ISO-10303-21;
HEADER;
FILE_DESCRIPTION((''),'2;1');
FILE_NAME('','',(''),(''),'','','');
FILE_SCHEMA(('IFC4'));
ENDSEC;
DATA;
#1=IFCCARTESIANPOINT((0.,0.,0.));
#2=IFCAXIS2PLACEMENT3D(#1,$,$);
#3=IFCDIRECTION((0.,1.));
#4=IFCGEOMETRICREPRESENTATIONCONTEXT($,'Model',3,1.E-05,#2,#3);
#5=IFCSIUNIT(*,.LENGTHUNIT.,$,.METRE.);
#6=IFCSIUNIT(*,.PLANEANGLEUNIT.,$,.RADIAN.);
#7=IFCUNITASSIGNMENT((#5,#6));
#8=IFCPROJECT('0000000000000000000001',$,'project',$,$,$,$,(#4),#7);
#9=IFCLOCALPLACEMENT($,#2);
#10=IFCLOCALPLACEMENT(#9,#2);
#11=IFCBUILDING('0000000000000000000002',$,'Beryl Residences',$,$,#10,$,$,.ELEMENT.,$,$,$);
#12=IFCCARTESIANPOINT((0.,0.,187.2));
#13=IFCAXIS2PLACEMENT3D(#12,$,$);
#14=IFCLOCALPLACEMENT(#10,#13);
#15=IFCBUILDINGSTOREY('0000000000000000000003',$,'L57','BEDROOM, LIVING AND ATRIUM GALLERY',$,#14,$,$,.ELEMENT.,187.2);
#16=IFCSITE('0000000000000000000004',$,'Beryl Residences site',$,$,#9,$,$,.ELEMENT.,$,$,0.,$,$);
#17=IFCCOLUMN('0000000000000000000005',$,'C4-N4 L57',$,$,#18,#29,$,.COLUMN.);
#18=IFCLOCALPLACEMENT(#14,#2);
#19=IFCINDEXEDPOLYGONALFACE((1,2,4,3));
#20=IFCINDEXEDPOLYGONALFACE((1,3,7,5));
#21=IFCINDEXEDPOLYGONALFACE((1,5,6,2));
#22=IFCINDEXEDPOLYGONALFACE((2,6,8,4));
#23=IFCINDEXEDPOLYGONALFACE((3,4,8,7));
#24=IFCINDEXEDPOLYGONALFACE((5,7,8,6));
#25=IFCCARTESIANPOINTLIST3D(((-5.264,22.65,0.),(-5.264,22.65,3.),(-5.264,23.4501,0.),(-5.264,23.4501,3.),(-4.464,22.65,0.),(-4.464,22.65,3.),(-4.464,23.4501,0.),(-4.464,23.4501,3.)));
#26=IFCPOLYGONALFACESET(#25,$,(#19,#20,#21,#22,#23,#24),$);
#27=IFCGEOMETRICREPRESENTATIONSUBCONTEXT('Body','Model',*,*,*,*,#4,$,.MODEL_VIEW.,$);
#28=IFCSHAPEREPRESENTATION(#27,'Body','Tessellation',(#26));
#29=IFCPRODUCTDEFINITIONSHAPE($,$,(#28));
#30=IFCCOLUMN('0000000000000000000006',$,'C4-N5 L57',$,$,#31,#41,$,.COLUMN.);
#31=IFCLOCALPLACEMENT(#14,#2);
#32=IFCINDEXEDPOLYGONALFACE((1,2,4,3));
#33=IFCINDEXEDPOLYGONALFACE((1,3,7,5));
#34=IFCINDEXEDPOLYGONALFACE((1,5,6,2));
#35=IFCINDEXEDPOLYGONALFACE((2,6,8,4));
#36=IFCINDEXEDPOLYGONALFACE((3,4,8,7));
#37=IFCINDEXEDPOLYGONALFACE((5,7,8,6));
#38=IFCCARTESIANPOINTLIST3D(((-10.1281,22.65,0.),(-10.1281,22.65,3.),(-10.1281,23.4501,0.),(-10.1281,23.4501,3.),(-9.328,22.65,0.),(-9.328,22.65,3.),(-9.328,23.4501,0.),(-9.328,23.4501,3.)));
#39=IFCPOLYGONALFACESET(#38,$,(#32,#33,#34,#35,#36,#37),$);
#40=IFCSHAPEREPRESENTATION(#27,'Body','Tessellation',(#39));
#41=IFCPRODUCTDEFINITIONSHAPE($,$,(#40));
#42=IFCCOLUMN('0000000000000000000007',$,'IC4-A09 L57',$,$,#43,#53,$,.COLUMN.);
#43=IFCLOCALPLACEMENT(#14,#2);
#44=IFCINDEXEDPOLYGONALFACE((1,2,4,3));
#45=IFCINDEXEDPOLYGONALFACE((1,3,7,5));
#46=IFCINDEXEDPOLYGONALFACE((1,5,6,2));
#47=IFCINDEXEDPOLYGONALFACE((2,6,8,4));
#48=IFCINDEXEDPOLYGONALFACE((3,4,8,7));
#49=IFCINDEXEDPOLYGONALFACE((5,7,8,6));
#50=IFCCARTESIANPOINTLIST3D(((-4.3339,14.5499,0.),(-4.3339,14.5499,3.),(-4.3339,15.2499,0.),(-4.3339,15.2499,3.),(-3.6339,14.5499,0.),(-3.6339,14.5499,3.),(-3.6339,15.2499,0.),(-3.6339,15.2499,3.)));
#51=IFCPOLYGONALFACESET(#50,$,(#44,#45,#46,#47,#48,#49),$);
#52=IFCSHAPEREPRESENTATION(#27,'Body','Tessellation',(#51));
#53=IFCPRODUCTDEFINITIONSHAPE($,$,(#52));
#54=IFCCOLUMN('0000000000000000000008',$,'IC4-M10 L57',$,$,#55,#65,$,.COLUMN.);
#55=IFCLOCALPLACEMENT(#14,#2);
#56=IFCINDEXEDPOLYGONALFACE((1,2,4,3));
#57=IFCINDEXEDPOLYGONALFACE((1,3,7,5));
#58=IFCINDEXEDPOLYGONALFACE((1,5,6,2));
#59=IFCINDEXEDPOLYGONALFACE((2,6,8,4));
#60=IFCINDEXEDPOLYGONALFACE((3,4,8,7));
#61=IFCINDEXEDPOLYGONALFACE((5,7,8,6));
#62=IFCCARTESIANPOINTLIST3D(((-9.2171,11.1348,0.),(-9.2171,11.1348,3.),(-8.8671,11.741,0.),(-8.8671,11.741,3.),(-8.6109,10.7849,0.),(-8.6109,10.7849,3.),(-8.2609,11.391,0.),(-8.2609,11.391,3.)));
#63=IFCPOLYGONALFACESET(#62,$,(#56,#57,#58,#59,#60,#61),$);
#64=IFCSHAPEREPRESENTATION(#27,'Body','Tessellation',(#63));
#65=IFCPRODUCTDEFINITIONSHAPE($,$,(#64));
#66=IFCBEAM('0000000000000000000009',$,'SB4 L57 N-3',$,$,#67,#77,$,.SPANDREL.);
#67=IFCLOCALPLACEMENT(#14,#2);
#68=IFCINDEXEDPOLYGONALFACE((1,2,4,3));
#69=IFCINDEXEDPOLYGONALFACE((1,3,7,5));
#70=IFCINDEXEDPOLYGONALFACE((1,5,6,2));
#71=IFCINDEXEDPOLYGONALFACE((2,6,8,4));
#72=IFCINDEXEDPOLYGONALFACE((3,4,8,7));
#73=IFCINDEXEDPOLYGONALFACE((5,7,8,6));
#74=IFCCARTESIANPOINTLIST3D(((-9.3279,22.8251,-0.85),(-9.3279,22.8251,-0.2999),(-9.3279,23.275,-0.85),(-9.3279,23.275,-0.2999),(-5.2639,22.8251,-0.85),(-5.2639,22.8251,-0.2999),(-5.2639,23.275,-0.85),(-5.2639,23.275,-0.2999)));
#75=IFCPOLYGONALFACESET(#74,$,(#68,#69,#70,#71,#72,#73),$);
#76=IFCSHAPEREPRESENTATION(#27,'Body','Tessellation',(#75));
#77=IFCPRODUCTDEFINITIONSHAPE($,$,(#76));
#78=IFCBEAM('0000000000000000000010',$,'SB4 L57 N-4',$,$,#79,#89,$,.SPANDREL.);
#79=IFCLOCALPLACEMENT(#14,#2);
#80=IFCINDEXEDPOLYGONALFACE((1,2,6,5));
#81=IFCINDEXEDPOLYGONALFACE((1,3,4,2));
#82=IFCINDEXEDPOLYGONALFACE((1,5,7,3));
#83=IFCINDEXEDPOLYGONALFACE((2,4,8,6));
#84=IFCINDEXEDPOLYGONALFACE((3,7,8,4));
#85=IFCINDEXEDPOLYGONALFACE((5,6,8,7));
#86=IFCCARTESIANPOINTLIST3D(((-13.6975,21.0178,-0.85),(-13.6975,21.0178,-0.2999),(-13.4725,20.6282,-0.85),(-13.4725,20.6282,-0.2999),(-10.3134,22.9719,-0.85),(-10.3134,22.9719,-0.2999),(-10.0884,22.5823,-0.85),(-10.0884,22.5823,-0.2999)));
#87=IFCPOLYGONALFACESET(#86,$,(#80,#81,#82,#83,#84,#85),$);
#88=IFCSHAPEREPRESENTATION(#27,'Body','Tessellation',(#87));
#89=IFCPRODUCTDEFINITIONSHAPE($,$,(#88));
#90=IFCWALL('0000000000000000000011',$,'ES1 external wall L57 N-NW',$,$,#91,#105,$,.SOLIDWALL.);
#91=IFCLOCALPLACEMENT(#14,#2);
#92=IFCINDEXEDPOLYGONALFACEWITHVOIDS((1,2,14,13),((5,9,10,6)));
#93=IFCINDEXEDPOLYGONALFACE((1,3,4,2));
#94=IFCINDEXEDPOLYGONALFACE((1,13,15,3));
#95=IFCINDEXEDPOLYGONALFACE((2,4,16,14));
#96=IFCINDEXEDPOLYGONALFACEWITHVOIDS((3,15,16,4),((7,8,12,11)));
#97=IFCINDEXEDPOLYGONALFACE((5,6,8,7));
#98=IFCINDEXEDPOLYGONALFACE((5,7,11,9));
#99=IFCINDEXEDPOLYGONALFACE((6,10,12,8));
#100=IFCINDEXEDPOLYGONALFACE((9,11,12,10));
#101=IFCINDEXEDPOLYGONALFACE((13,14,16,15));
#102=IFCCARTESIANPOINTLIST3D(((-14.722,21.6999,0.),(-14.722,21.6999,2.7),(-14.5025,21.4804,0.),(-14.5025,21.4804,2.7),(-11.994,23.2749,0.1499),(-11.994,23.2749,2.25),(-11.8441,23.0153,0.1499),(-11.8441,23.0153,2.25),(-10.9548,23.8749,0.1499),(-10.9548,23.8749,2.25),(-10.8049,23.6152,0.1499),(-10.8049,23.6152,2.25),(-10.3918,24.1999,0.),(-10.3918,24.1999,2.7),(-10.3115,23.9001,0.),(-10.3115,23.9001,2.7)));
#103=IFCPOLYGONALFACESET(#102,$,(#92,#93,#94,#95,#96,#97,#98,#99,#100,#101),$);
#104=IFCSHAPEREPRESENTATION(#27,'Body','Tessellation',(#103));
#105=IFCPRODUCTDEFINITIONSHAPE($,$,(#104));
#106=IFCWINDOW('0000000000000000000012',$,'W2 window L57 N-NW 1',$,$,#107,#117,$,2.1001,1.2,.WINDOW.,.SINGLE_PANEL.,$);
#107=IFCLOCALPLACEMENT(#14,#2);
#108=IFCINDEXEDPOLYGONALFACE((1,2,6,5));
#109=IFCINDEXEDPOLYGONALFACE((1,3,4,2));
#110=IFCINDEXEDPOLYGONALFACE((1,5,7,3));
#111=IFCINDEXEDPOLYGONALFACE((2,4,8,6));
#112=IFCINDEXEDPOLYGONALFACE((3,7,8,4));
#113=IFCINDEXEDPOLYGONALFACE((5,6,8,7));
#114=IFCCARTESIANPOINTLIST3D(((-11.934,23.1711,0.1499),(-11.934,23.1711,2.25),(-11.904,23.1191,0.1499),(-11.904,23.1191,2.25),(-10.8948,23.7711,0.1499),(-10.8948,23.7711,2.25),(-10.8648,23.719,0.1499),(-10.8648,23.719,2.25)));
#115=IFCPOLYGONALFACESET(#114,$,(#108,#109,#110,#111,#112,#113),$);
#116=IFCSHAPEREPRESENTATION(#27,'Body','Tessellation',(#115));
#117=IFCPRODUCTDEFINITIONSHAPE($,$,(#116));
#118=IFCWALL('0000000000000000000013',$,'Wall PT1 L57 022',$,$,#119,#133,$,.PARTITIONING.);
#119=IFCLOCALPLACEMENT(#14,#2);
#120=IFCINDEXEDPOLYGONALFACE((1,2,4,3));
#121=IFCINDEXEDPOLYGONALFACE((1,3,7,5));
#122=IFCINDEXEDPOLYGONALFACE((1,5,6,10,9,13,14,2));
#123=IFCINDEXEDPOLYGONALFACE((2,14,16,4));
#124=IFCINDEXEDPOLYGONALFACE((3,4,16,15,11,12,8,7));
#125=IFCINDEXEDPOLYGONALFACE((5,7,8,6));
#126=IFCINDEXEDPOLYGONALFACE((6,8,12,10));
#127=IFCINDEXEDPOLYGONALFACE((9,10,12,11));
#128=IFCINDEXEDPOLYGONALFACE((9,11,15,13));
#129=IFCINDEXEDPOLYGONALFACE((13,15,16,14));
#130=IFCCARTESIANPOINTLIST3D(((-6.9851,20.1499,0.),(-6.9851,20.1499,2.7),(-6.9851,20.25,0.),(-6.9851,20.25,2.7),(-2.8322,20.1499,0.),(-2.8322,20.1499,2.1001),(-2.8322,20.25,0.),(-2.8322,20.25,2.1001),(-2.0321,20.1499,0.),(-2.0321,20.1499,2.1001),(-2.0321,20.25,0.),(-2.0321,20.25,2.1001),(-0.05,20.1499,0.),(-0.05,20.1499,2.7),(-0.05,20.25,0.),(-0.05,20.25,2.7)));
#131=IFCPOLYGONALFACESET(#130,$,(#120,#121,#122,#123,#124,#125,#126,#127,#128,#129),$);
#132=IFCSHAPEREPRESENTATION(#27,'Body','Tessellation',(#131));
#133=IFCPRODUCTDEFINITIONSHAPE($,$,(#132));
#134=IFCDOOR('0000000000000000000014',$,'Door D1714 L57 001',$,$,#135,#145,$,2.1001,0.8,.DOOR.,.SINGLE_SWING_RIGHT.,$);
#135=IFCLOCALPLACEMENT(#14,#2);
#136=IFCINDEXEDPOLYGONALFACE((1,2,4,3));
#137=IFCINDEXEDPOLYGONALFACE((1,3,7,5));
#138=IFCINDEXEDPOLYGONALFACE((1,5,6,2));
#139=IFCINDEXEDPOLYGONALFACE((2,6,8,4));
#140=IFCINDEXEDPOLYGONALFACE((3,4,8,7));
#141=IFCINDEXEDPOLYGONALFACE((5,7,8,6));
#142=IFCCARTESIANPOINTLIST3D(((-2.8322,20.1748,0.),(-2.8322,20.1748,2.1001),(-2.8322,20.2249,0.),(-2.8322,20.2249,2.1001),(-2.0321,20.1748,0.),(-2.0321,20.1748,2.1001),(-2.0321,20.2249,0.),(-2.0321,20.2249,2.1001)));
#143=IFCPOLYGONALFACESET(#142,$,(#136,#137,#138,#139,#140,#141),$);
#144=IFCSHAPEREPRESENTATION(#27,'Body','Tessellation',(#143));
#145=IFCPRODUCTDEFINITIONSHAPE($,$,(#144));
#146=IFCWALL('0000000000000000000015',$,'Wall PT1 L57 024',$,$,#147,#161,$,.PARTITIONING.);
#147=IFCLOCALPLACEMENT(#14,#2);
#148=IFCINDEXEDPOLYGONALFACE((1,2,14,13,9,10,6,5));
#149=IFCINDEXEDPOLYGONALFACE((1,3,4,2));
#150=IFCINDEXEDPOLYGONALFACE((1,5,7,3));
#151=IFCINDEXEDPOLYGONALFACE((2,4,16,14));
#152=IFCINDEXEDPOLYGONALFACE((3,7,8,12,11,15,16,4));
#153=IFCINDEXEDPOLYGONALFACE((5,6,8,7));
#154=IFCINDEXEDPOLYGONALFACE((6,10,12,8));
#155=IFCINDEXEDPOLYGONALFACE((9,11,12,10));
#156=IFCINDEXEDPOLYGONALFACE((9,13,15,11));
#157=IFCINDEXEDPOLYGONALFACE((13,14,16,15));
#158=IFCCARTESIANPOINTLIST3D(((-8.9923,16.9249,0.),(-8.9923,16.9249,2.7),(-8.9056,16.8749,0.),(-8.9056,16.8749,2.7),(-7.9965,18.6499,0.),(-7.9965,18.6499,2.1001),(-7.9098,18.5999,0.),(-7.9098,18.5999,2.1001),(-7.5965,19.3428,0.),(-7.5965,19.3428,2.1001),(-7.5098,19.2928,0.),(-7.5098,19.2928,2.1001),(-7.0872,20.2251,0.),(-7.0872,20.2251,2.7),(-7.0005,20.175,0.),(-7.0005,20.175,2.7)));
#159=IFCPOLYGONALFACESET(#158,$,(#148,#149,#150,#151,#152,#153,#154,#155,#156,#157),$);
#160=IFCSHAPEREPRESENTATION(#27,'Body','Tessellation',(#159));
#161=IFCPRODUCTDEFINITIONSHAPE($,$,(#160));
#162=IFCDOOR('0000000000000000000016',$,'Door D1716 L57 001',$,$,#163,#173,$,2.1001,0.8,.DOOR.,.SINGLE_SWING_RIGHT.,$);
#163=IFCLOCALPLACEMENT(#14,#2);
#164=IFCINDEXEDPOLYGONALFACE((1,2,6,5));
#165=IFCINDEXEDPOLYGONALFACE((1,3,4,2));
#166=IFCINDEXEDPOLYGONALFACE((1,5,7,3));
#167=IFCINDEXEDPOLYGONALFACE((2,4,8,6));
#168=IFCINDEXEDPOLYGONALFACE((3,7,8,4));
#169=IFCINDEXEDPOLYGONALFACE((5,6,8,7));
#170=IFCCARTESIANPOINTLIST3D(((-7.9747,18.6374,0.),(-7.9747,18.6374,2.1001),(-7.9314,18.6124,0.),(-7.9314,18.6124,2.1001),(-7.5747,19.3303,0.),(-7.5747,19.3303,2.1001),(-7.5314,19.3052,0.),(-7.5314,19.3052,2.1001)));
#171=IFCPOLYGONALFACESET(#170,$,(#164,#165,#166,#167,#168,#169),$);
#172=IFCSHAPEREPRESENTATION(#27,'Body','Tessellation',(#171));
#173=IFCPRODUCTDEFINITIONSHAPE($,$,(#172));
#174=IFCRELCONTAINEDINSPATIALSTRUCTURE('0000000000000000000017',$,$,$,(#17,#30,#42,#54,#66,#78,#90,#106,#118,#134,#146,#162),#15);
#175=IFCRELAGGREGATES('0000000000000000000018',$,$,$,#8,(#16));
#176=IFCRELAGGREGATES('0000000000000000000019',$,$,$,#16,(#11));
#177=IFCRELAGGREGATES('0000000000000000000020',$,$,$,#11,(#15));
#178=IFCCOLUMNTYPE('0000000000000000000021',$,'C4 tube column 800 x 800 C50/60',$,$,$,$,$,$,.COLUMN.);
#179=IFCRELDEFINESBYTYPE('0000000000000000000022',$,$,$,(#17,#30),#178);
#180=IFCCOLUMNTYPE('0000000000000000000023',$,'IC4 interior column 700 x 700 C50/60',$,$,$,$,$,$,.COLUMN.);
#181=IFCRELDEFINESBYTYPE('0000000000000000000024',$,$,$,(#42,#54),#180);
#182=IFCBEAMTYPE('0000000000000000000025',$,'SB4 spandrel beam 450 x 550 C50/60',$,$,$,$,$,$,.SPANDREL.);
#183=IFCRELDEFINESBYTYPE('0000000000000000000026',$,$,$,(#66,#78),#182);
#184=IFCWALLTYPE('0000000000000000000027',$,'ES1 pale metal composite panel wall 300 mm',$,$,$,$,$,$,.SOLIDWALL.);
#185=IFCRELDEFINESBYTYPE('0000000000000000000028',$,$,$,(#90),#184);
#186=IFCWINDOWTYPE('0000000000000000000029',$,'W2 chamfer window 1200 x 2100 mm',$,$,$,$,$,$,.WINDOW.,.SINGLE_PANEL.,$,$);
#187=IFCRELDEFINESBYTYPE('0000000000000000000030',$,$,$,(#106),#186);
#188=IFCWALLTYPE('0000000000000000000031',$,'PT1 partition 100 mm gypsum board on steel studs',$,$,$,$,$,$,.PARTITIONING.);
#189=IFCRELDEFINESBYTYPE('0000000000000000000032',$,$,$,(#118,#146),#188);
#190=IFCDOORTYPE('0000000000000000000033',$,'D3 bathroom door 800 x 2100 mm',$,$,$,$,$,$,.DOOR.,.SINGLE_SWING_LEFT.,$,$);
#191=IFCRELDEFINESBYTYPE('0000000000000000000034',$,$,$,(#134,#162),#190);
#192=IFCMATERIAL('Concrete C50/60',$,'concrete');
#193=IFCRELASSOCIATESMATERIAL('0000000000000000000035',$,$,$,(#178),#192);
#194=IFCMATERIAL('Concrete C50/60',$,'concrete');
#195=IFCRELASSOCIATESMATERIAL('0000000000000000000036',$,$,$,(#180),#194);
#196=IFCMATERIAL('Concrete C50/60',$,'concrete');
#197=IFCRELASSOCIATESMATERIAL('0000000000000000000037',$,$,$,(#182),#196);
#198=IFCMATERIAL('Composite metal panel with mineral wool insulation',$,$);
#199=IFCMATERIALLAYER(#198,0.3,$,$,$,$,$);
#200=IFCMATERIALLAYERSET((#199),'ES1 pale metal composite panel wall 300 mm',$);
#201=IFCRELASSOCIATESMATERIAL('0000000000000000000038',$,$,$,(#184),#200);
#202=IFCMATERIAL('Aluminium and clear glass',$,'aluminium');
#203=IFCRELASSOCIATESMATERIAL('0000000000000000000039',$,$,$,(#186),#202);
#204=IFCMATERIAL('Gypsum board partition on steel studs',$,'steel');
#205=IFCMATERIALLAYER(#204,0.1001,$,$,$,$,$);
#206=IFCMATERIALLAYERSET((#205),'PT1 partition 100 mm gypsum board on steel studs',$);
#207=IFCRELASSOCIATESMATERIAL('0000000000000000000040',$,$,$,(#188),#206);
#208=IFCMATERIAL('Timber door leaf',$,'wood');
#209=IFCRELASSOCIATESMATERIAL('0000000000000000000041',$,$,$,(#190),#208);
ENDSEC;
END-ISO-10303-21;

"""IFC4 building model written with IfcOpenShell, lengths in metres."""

from ifc_helpers import new_model, si_unit, direction, frame, frame_2d, origin, origin_2d, place, context, subcontext, project, spatial, polyline, rectangle, outline, extrude, material, layer, layer_set, material_profile, profile_set, type_object, element, fill, save


model = new_model("IFC4")

# Units and contexts
model_context = context("Model", 3, precision=1e-05, world=origin(), true_north=direction((0.0, 1.0)))
body_context = subcontext(model_context, "Body", "Model", "MODEL_VIEW")
ifc_project = project(units=[si_unit("LENGTHUNIT", "METRE"), si_unit("PLANEANGLEUNIT", "RADIAN")], contexts=[model_context])

# Site, building, storey
site_placement = place(None, origin())
site = spatial("IfcSite", under=ifc_project, at=site_placement, Name="Beryl Residences site", CompositionType="ELEMENT", RefElevation=0.0)
building_placement = place(site_placement, origin())
building = spatial("IfcBuilding", under=site, at=building_placement, Name="Beryl Residences", CompositionType="ELEMENT")
storey_placement = place(building_placement, frame((0.0, 0.0, 187.2)))
storey = spatial("IfcBuildingStorey", under=building, at=storey_placement, Name="L57", Description="BEDROOM, LIVING AND ATRIUM GALLERY", CompositionType="ELEMENT", Elevation=187.2)

# Columns
ifc_material_1 = material(Name="Concrete C50/60", Category="concrete")
ifc_material_profile_1 = material_profile(ifc_material_1, rectangle(XDim=0.8, YDim=0.8, at=origin_2d()))
ifc_profile_set_1 = profile_set([ifc_material_profile_1], Name="Concrete C50/60")
column_type_1 = type_object("IfcColumnType", Name="C4 tube column 800 x 800 C50/60", PredefinedType="COLUMN", material=ifc_profile_set_1)
for number, where, z_axis, x_axis, name in (
    (1, (-4.864, 23.05, 0.0), (0.0, 0.0, 1.0), (-1.0, 0.0, 0.0), "C4-N4 L57"),
    (2, (-9.728, 23.05, 0.0), (0.0, 0.0, 1.0), (-1.0, 0.0, 0.0), "C4-N5 L57"),
):
    element("IfcColumn", number, at=place(storey_placement, frame(where, z_axis=z_axis, x_axis=x_axis)), inside=storey, type_object=column_type_1, Name=name, PredefinedType="COLUMN", context=body_context, shape_type="SweptSolid", body=[
        extrude(rectangle(XDim=0.8, YDim=0.8, at=origin_2d()), origin(), (0.0, 0.0, 1.0), 3.0),
    ])
ifc_material_2 = material(Name="Concrete C50/60", Category="concrete")
ifc_material_profile_2 = material_profile(ifc_material_2, rectangle(XDim=0.7, YDim=0.7, at=origin_2d()))
ifc_profile_set_2 = profile_set([ifc_material_profile_2], Name="Concrete C50/60")
column_type_2 = type_object("IfcColumnType", Name="IC4 interior column 700 x 700 C50/60", PredefinedType="COLUMN", material=ifc_profile_set_2)
for number, where, z_axis, x_axis, name in (
    (3, (-3.9839, 14.8999, 0.0), (0.0, 0.0, 1.0), (1.0, 0.0, 0.0), "IC4-A09 L57"),
    (4, (-8.739, 11.2629, 0.0), (0.0, 0.0, 1.0), (-0.5, -0.866025, 0.0), "IC4-M10 L57"),
):
    element("IfcColumn", number, at=place(storey_placement, frame(where, z_axis=z_axis, x_axis=x_axis)), inside=storey, type_object=column_type_2, Name=name, PredefinedType="COLUMN", context=body_context, shape_type="SweptSolid", body=[
        extrude(rectangle(XDim=0.7, YDim=0.7, at=origin_2d()), origin(), (0.0, 0.0, 1.0), 3.0),
    ])

# Beams
ifc_material_3 = material(Name="Concrete C50/60", Category="concrete")
ifc_material_profile_3 = material_profile(ifc_material_3, rectangle(XDim=0.45, YDim=0.55, at=origin_2d()))
ifc_profile_set_3 = profile_set([ifc_material_profile_3], Name="Concrete C50/60")
beam_type = type_object("IfcBeamType", Name="SB4 spandrel beam 450 x 550 C50/60", PredefinedType="SPANDREL", material=ifc_profile_set_3)
beam_1_placement = place(storey_placement, frame((-5.2639, 23.05, -0.575), z_axis=(-1.0, 0.0, 0.0), x_axis=(0.0, -1.0, 0.0)))
element("IfcBeam", 5, at=beam_1_placement, inside=storey, type_object=beam_type, Name="SB4 L57 N-3", PredefinedType="SPANDREL", context=body_context, shape_type="SweptSolid", body=[
    extrude(rectangle(XDim=0.45, YDim=0.55, at=origin_2d()), origin(), (0.0, 0.0, 1.0), 4.064),
])
beam_2_placement = place(storey_placement, frame((-10.2009, 22.7771, -0.575), z_axis=(-0.865989, -0.500063, 0.0), x_axis=(0.500063, -0.865989, 0.0)))
element("IfcBeam", 6, at=beam_2_placement, inside=storey, type_object=beam_type, Name="SB4 L57 N-4", PredefinedType="SPANDREL", context=body_context, shape_type="SweptSolid", body=[
    extrude(rectangle(XDim=0.45, YDim=0.55, at=origin_2d()), origin(), (0.0, 0.0, 1.0), 3.9077),
])

# Wall, opening, window
ifc_material_4 = material(Name="Composite metal panel with mineral wool insulation")
ifc_layer_1 = layer(ifc_material_4, 0.3)
ifc_layer_set_1 = layer_set([ifc_layer_1], Name="ES1 pale metal composite panel wall 300 mm")
wall_type_1 = type_object("IfcWallType", Name="ES1 pale metal composite panel wall 300 mm", PredefinedType="SOLIDWALL", material=ifc_layer_set_1)
wall_1_placement = place(storey_placement, frame((-10.3169, 24.0701, 0.0), z_axis=(0.0, 0.0, 1.0), x_axis=(-0.866023, -0.500004, 0.0)))
wall_1 = element("IfcWall", 7, at=wall_1_placement, inside=storey, type_object=wall_type_1, Name="ES1 external wall L57 N-NW", PredefinedType="SOLIDWALL", context=body_context, shape_type="SweptSolid", body=[
    extrude(outline(polyline([(0.0, -0.1499), (5.0, -0.1499), (4.9197, 0.1499), (0.0803, 0.1499), (0.0, -0.1499)])), origin(), (0.0, 0.0, 1.0), 2.7),
])
opening_1_placement = place(wall_1_placement, frame((0.6499, 0.0, 0.1499)))
opening_1 = element("IfcOpeningElement", 8, at=opening_1_placement, cuts=wall_1, PredefinedType="OPENING", context=body_context, shape_type="SweptSolid", body=[
    extrude(rectangle(XDim=1.2, YDim=2.1001, at=frame_2d((0.6001, 1.05))), frame((0.0, 0.1599, 0.0), z_axis=(0.0, -1.0, 0.0), x_axis=(1.0, 0.0, 0.0)), (0.0, 0.0, 1.0), 0.3201),
])
ifc_material_5 = material(Name="Aluminium and clear glass", Category="aluminium")
window_type = type_object("IfcWindowType", Name="W2 chamfer window 1200 x 2100 mm", PartitioningType="SINGLE_PANEL", PredefinedType="WINDOW", material=ifc_material_5)
window_placement = place(opening_1_placement, origin())
window = element("IfcWindow", 9, at=window_placement, inside=storey, type_object=window_type, Name="W2 window L57 N-NW 1", OverallHeight=2.1001, OverallWidth=1.2, PartitioningType="SINGLE_PANEL", PredefinedType="WINDOW", context=body_context, shape_type="SweptSolid", body=[
    extrude(rectangle(XDim=1.2, YDim=2.1001, at=frame_2d((0.6001, 1.05))), frame((0.0, 0.03, 0.0), z_axis=(0.0, -1.0, 0.0), x_axis=(1.0, 0.0, 0.0)), (0.0, 0.0, 1.0), 0.0601),
])
fill(opening_1, window)

# Walls, openings, doors
ifc_material_6 = material(Name="Gypsum board partition on steel studs", Category="steel")
ifc_layer_2 = layer(ifc_material_6, 0.1001)
ifc_layer_set_2 = layer_set([ifc_layer_2], Name="PT1 partition 100 mm gypsum board on steel studs")
wall_type_2 = type_object("IfcWallType", Name="PT1 partition 100 mm gypsum board on steel studs", PredefinedType="PARTITIONING", material=ifc_layer_set_2)
wall_2_placement = place(storey_placement, frame((-6.9851, 20.2, 0.0), z_axis=(0.0, 0.0, 1.0), x_axis=(1.0, 0.0, 0.0)))
wall_2 = element("IfcWall", 10, at=wall_2_placement, inside=storey, type_object=wall_type_2, Name="Wall PT1 L57 022", PredefinedType="PARTITIONING", context=body_context, shape_type="SweptSolid", body=[
    extrude(rectangle(XDim=6.9351, YDim=0.1001, at=frame_2d((3.4675, 0.0))), origin(), (0.0, 0.0, 1.0), 2.7),
])
opening_2_placement = place(wall_2_placement, frame((4.1531, 0.0, 0.0)))
opening_2 = element("IfcOpeningElement", 11, at=opening_2_placement, cuts=wall_2, PredefinedType="OPENING", context=body_context, shape_type="SweptSolid", body=[
    extrude(rectangle(XDim=0.8, YDim=2.1001, at=frame_2d((0.3999, 1.05))), frame((0.0, 0.0601, 0.0), z_axis=(0.0, -1.0, 0.0), x_axis=(1.0, 0.0, 0.0)), (0.0, 0.0, 1.0), 0.1201),
])
ifc_material_7 = material(Name="Timber door leaf", Category="wood")
door_type_1 = type_object("IfcDoorType", Name="D3 bathroom door 800 x 2100 mm", OperationType="SINGLE_SWING_LEFT", PredefinedType="DOOR", material=ifc_material_7)
door_1_placement = place(opening_2_placement, origin())
door_1 = element("IfcDoor", 12, at=door_1_placement, inside=storey, type_object=door_type_1, Name="Door D1714 L57 001", OperationType="SINGLE_SWING_RIGHT", OverallHeight=2.1001, OverallWidth=0.8, PredefinedType="DOOR", context=body_context, shape_type="SweptSolid", body=[
    extrude(rectangle(XDim=0.8, YDim=2.1001, at=frame_2d((0.3999, 1.05))), frame((0.0, 0.0249, 0.0), z_axis=(0.0, -1.0, 0.0), x_axis=(1.0, 0.0, 0.0)), (0.0, 0.0, 1.0), 0.05),
])
fill(opening_2, door_1)
wall_3_placement = place(storey_placement, frame((-8.949, 16.8999, 0.0), z_axis=(0.0, 0.0, 1.0), x_axis=(0.49995, 0.866054, 0.0)))
wall_3 = element("IfcWall", 13, at=wall_3_placement, inside=storey, type_object=wall_type_2, Name="Wall PT1 L57 024", PredefinedType="PARTITIONING", context=body_context, shape_type="SweptSolid", body=[
    extrude(rectangle(XDim=3.8105, YDim=0.1001, at=frame_2d((1.9053, 0.0))), origin(), (0.0, 0.0, 1.0), 2.7),
])
opening_3_placement = place(wall_3_placement, frame((1.9919, 0.0, 0.0)))
opening_3 = element("IfcOpeningElement", 14, at=opening_3_placement, cuts=wall_3, PredefinedType="OPENING", context=body_context, shape_type="SweptSolid", body=[
    extrude(rectangle(XDim=0.8, YDim=2.1001, at=frame_2d((0.3999, 1.05))), frame((0.0, 0.0601, 0.0), z_axis=(0.0, -1.0, 0.0), x_axis=(1.0, 0.0, 0.0)), (0.0, 0.0, 1.0), 0.1201),
])
door_2_placement = place(opening_3_placement, origin())
door_2 = element("IfcDoor", 15, at=door_2_placement, inside=storey, type_object=door_type_1, Name="Door D1716 L57 001", OperationType="SINGLE_SWING_RIGHT", OverallHeight=2.1001, OverallWidth=0.8, PredefinedType="DOOR", context=body_context, shape_type="SweptSolid", body=[
    extrude(rectangle(XDim=0.8, YDim=2.1001, at=frame_2d((0.3999, 1.05))), frame((0.0, 0.0249, 0.0), z_axis=(0.0, -1.0, 0.0), x_axis=(1.0, 0.0, 0.0)), (0.0, 0.0, 1.0), 0.05),
])
fill(opening_3, door_2)

save(model, "model.ifc")
